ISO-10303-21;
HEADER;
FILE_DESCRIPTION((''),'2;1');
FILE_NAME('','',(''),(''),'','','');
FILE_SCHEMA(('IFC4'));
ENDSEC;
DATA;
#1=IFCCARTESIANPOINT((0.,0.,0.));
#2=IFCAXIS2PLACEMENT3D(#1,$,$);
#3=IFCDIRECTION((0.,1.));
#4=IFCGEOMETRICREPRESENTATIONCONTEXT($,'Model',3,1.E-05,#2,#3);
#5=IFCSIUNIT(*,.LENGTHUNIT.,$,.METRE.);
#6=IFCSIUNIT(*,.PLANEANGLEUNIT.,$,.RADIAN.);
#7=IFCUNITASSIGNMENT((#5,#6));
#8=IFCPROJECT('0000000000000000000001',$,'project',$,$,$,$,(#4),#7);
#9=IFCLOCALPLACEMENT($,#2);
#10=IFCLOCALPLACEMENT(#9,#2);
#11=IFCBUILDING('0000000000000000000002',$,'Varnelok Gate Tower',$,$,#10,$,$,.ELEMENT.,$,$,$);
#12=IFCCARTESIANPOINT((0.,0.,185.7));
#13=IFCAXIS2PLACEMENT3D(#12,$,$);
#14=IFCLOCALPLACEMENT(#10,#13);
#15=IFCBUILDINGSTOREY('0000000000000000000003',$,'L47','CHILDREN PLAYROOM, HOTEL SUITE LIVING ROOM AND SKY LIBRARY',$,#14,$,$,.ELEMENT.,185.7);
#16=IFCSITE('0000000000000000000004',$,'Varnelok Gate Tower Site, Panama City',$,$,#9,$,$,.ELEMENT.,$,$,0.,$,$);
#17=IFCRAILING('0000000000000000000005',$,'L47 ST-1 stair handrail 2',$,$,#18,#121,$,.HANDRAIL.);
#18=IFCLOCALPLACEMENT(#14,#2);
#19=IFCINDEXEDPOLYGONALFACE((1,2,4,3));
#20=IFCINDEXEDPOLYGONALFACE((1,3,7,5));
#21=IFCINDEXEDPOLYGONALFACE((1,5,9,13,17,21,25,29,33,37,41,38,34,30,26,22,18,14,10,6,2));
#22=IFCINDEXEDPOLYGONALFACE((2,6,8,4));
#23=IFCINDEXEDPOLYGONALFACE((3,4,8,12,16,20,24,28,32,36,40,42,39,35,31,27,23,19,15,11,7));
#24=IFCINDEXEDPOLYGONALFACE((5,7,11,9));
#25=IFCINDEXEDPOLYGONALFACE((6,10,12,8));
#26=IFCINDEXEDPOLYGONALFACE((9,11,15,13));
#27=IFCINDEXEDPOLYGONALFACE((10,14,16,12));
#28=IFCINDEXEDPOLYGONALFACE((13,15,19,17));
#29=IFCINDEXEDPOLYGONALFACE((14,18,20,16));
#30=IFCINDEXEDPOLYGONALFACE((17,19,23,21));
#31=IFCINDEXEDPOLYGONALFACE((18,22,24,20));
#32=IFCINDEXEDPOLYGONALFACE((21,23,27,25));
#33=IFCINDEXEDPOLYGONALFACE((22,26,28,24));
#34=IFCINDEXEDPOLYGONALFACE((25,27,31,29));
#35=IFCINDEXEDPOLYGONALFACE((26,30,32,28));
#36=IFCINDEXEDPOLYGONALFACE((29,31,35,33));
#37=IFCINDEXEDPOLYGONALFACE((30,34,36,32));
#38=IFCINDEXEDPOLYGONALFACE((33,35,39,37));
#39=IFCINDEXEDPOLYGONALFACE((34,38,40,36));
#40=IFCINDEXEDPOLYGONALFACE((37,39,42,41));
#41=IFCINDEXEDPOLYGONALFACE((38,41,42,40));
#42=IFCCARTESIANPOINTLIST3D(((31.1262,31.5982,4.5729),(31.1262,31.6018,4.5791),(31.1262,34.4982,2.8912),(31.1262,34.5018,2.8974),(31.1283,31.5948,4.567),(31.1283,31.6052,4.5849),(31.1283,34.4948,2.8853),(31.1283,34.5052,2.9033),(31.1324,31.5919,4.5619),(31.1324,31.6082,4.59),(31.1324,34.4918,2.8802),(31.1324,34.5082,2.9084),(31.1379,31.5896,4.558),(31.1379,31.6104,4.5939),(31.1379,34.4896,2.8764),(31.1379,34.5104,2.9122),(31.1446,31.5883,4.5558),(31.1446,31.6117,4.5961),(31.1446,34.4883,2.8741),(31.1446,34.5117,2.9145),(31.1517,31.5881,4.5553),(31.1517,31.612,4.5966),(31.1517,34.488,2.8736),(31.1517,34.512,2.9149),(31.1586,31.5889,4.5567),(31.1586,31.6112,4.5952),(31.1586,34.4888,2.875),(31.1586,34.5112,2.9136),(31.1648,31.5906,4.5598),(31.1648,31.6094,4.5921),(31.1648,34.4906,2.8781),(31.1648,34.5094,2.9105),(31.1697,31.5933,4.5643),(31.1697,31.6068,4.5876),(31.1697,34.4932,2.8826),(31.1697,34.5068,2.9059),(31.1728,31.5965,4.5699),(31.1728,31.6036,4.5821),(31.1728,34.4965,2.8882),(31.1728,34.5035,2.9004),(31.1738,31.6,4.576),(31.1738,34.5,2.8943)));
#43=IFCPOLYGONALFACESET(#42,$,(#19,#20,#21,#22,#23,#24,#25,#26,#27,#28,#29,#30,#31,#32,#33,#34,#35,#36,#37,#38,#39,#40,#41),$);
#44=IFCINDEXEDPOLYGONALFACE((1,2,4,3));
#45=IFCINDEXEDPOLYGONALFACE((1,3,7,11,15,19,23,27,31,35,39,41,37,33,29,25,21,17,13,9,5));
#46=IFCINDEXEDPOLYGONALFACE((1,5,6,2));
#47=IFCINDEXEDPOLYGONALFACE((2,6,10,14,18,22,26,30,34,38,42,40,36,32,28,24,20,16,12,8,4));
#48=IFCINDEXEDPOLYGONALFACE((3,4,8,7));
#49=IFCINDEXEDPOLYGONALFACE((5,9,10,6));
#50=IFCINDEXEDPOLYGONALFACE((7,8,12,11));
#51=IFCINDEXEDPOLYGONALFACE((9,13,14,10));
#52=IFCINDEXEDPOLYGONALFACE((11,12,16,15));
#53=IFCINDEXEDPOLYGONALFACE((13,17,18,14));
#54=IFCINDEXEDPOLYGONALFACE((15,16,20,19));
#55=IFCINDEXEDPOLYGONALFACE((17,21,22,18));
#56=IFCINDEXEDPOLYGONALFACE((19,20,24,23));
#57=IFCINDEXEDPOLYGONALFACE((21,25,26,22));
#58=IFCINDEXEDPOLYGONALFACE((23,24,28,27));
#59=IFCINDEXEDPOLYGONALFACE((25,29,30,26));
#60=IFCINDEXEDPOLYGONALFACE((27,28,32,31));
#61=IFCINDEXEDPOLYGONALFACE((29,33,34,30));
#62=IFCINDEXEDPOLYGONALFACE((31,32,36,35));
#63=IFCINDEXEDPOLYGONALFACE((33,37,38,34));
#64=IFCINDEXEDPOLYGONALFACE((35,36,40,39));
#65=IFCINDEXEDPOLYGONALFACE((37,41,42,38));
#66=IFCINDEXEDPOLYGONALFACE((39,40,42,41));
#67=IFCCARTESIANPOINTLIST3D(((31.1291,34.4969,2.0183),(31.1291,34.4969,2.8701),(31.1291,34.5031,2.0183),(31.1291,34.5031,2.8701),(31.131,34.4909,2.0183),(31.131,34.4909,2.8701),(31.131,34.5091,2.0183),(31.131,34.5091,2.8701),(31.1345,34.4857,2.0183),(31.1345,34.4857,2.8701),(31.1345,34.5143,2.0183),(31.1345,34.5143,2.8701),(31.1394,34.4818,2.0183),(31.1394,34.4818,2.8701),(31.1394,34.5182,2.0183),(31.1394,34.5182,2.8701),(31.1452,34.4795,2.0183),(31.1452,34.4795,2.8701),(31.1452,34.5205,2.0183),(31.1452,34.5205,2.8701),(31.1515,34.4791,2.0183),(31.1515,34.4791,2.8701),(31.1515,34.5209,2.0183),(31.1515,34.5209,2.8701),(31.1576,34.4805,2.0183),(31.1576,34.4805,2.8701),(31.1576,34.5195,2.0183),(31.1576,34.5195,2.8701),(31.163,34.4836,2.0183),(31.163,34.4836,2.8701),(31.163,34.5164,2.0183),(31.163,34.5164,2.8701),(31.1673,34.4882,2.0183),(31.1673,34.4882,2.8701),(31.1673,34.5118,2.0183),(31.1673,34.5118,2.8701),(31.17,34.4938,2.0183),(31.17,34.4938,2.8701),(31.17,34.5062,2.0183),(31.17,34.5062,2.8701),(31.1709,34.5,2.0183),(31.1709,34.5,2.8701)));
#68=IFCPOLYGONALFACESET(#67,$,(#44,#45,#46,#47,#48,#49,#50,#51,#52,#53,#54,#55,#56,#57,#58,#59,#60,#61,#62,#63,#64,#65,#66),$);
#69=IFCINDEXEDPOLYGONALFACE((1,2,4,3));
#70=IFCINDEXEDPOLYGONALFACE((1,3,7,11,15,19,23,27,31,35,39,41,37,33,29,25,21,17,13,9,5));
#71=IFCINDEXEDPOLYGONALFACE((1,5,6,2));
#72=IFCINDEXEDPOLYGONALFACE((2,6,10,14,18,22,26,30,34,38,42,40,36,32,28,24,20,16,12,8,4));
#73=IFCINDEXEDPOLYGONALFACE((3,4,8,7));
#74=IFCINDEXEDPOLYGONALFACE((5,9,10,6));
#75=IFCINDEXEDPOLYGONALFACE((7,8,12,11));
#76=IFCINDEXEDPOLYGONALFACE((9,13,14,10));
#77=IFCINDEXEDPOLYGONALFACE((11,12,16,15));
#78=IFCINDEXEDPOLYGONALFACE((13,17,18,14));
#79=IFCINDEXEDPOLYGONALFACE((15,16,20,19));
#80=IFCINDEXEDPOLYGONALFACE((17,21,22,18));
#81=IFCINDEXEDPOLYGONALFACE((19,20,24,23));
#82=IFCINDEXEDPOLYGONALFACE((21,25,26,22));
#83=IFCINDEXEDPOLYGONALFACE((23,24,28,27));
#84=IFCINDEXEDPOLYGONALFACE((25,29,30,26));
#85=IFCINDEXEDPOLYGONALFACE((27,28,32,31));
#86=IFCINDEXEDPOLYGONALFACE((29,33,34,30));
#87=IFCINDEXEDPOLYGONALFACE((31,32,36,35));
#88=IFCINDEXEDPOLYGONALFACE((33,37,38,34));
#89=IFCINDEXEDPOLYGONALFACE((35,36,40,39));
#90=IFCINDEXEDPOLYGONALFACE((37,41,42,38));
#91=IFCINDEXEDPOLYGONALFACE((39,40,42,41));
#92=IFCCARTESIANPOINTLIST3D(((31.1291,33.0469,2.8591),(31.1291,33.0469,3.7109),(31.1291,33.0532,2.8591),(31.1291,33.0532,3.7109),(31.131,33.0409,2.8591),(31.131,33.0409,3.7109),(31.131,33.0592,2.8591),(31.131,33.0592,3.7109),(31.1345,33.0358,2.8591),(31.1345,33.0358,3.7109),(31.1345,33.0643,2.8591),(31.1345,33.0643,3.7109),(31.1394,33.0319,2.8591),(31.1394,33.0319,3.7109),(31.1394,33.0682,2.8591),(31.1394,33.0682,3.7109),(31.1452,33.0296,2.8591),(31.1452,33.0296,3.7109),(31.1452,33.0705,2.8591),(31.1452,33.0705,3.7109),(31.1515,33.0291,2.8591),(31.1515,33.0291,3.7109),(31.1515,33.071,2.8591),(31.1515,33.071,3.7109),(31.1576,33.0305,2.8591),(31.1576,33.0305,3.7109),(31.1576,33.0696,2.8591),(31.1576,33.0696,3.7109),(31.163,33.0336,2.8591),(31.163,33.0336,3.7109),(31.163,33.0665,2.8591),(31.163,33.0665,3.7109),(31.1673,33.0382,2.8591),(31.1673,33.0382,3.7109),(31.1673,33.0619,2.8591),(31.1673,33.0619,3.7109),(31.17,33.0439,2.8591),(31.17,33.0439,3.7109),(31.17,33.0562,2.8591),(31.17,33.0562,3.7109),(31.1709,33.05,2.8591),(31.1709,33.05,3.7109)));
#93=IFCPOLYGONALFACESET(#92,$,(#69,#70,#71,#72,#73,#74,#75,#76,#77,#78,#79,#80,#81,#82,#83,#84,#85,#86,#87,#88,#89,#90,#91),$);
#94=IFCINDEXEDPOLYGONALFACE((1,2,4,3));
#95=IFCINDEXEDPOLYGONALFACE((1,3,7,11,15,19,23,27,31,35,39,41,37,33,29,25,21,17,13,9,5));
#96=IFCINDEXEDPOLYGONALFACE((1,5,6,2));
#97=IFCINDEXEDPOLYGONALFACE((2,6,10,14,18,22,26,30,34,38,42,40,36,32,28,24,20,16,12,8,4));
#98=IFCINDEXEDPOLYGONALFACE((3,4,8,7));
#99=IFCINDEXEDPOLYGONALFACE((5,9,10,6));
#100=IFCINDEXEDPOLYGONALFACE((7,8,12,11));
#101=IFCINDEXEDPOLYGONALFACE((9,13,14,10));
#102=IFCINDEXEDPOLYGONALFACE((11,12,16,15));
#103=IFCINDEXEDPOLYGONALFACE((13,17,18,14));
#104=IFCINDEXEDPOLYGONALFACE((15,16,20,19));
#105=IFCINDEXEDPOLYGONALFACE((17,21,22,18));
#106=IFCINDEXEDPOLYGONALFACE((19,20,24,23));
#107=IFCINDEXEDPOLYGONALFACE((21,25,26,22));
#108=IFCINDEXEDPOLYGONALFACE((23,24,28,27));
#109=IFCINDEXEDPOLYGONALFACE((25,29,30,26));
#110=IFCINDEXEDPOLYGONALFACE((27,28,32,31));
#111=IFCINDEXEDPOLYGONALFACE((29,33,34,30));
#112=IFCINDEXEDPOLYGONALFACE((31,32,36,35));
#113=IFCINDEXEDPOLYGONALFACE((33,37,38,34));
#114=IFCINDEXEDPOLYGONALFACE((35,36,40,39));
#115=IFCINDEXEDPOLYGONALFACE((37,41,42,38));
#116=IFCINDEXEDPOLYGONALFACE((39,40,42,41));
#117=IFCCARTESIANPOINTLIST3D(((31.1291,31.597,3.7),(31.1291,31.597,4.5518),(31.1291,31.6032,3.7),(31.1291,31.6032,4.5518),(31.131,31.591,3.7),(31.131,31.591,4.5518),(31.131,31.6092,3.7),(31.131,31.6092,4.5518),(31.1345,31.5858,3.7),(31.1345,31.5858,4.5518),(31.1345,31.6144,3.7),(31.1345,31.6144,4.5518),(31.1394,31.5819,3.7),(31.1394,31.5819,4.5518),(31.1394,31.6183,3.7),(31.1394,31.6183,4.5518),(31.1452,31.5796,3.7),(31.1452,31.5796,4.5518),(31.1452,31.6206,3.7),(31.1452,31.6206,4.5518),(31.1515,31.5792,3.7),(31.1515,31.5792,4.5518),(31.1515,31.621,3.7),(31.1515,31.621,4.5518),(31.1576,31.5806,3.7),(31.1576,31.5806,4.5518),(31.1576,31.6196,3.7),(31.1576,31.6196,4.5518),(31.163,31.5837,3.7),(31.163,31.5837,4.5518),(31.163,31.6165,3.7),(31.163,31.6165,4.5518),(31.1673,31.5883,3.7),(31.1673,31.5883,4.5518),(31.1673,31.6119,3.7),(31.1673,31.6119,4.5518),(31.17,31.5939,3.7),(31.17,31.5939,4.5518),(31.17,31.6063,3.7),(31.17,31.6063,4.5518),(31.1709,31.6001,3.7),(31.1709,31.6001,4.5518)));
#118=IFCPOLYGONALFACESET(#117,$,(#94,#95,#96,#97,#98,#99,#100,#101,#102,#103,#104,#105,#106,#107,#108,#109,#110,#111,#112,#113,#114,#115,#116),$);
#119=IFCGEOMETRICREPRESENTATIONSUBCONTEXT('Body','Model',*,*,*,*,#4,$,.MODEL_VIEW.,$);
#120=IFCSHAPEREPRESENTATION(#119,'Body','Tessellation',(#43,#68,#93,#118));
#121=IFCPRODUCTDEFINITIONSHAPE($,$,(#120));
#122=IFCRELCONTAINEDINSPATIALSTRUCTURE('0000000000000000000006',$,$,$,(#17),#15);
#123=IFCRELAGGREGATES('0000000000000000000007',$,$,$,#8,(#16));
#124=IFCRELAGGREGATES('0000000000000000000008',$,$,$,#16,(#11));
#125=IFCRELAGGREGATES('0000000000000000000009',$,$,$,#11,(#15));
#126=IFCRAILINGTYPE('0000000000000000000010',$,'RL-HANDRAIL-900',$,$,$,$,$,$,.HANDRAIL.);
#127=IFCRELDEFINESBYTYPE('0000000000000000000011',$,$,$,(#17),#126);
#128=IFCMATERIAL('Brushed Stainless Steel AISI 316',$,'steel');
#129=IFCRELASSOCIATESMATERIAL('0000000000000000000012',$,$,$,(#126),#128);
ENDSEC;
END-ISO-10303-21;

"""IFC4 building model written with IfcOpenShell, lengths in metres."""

from ifc_helpers import new_model, si_unit, direction, frame, origin, origin_2d, place, context, subcontext, project, spatial, circle, extrude, material, type_object, element, save


model = new_model("IFC4")

# Units and contexts
model_context = context("Model", 3, precision=1e-05, world=origin(), true_north=direction((0.0, 1.0)))
body_context = subcontext(model_context, "Body", "Model", "MODEL_VIEW")
ifc_project = project(units=[si_unit("LENGTHUNIT", "METRE"), si_unit("PLANEANGLEUNIT", "RADIAN")], contexts=[model_context])

# Site, building, storey
site_placement = place(None, origin())
site = spatial("IfcSite", under=ifc_project, at=site_placement, Name="Varnelok Gate Tower Site, Panama City", CompositionType="ELEMENT", RefElevation=0.0)
building_placement = place(site_placement, origin())
building = spatial("IfcBuilding", under=site, at=building_placement, Name="Varnelok Gate Tower", CompositionType="ELEMENT")
storey_placement = place(building_placement, frame((0.0, 0.0, 185.7)))
storey = spatial("IfcBuildingStorey", under=building, at=storey_placement, Name="L47", Description="CHILDREN PLAYROOM, HOTEL SUITE LIVING ROOM AND SKY LIBRARY", CompositionType="ELEMENT", Elevation=185.7)

# Railing
ifc_material_1 = material(Name="Brushed Stainless Steel AISI 316", Category="steel")
railing_type_1 = type_object("IfcRailingType", Name="RL-HANDRAIL-900", PredefinedType="HANDRAIL", material=ifc_material_1)
railing_1_placement = place(storey_placement, frame((31.1499, 34.5, 2.0183)))
element("IfcRailing", 1, at=railing_1_placement, inside=storey, type_object=railing_type_1, Name="L47 ST-1 stair handrail 2", PredefinedType="HANDRAIL", context=body_context, shape_type="SweptSolid", body=[
    extrude(circle(Radius=0.0239, at=origin_2d()), frame((0.0, 0.0, 0.876), z_axis=(0.0, -0.86507, 0.501651), x_axis=(1.0, 0.0, 0.0)), (0.0, 0.0, 1.0), 3.3523),
    extrude(circle(Radius=0.021, at=origin_2d()), origin(), (0.0, 0.0, 1.0), 0.8518),
    extrude(circle(Radius=0.021, at=origin_2d()), frame((0.0, -1.45, 0.8408)), (0.0, 0.0, 1.0), 0.8518),
    extrude(circle(Radius=0.021, at=origin_2d()), frame((0.0, -2.8999, 1.6816)), (0.0, 0.0, 1.0), 0.8518),
])

save(model, "model.ifc")
